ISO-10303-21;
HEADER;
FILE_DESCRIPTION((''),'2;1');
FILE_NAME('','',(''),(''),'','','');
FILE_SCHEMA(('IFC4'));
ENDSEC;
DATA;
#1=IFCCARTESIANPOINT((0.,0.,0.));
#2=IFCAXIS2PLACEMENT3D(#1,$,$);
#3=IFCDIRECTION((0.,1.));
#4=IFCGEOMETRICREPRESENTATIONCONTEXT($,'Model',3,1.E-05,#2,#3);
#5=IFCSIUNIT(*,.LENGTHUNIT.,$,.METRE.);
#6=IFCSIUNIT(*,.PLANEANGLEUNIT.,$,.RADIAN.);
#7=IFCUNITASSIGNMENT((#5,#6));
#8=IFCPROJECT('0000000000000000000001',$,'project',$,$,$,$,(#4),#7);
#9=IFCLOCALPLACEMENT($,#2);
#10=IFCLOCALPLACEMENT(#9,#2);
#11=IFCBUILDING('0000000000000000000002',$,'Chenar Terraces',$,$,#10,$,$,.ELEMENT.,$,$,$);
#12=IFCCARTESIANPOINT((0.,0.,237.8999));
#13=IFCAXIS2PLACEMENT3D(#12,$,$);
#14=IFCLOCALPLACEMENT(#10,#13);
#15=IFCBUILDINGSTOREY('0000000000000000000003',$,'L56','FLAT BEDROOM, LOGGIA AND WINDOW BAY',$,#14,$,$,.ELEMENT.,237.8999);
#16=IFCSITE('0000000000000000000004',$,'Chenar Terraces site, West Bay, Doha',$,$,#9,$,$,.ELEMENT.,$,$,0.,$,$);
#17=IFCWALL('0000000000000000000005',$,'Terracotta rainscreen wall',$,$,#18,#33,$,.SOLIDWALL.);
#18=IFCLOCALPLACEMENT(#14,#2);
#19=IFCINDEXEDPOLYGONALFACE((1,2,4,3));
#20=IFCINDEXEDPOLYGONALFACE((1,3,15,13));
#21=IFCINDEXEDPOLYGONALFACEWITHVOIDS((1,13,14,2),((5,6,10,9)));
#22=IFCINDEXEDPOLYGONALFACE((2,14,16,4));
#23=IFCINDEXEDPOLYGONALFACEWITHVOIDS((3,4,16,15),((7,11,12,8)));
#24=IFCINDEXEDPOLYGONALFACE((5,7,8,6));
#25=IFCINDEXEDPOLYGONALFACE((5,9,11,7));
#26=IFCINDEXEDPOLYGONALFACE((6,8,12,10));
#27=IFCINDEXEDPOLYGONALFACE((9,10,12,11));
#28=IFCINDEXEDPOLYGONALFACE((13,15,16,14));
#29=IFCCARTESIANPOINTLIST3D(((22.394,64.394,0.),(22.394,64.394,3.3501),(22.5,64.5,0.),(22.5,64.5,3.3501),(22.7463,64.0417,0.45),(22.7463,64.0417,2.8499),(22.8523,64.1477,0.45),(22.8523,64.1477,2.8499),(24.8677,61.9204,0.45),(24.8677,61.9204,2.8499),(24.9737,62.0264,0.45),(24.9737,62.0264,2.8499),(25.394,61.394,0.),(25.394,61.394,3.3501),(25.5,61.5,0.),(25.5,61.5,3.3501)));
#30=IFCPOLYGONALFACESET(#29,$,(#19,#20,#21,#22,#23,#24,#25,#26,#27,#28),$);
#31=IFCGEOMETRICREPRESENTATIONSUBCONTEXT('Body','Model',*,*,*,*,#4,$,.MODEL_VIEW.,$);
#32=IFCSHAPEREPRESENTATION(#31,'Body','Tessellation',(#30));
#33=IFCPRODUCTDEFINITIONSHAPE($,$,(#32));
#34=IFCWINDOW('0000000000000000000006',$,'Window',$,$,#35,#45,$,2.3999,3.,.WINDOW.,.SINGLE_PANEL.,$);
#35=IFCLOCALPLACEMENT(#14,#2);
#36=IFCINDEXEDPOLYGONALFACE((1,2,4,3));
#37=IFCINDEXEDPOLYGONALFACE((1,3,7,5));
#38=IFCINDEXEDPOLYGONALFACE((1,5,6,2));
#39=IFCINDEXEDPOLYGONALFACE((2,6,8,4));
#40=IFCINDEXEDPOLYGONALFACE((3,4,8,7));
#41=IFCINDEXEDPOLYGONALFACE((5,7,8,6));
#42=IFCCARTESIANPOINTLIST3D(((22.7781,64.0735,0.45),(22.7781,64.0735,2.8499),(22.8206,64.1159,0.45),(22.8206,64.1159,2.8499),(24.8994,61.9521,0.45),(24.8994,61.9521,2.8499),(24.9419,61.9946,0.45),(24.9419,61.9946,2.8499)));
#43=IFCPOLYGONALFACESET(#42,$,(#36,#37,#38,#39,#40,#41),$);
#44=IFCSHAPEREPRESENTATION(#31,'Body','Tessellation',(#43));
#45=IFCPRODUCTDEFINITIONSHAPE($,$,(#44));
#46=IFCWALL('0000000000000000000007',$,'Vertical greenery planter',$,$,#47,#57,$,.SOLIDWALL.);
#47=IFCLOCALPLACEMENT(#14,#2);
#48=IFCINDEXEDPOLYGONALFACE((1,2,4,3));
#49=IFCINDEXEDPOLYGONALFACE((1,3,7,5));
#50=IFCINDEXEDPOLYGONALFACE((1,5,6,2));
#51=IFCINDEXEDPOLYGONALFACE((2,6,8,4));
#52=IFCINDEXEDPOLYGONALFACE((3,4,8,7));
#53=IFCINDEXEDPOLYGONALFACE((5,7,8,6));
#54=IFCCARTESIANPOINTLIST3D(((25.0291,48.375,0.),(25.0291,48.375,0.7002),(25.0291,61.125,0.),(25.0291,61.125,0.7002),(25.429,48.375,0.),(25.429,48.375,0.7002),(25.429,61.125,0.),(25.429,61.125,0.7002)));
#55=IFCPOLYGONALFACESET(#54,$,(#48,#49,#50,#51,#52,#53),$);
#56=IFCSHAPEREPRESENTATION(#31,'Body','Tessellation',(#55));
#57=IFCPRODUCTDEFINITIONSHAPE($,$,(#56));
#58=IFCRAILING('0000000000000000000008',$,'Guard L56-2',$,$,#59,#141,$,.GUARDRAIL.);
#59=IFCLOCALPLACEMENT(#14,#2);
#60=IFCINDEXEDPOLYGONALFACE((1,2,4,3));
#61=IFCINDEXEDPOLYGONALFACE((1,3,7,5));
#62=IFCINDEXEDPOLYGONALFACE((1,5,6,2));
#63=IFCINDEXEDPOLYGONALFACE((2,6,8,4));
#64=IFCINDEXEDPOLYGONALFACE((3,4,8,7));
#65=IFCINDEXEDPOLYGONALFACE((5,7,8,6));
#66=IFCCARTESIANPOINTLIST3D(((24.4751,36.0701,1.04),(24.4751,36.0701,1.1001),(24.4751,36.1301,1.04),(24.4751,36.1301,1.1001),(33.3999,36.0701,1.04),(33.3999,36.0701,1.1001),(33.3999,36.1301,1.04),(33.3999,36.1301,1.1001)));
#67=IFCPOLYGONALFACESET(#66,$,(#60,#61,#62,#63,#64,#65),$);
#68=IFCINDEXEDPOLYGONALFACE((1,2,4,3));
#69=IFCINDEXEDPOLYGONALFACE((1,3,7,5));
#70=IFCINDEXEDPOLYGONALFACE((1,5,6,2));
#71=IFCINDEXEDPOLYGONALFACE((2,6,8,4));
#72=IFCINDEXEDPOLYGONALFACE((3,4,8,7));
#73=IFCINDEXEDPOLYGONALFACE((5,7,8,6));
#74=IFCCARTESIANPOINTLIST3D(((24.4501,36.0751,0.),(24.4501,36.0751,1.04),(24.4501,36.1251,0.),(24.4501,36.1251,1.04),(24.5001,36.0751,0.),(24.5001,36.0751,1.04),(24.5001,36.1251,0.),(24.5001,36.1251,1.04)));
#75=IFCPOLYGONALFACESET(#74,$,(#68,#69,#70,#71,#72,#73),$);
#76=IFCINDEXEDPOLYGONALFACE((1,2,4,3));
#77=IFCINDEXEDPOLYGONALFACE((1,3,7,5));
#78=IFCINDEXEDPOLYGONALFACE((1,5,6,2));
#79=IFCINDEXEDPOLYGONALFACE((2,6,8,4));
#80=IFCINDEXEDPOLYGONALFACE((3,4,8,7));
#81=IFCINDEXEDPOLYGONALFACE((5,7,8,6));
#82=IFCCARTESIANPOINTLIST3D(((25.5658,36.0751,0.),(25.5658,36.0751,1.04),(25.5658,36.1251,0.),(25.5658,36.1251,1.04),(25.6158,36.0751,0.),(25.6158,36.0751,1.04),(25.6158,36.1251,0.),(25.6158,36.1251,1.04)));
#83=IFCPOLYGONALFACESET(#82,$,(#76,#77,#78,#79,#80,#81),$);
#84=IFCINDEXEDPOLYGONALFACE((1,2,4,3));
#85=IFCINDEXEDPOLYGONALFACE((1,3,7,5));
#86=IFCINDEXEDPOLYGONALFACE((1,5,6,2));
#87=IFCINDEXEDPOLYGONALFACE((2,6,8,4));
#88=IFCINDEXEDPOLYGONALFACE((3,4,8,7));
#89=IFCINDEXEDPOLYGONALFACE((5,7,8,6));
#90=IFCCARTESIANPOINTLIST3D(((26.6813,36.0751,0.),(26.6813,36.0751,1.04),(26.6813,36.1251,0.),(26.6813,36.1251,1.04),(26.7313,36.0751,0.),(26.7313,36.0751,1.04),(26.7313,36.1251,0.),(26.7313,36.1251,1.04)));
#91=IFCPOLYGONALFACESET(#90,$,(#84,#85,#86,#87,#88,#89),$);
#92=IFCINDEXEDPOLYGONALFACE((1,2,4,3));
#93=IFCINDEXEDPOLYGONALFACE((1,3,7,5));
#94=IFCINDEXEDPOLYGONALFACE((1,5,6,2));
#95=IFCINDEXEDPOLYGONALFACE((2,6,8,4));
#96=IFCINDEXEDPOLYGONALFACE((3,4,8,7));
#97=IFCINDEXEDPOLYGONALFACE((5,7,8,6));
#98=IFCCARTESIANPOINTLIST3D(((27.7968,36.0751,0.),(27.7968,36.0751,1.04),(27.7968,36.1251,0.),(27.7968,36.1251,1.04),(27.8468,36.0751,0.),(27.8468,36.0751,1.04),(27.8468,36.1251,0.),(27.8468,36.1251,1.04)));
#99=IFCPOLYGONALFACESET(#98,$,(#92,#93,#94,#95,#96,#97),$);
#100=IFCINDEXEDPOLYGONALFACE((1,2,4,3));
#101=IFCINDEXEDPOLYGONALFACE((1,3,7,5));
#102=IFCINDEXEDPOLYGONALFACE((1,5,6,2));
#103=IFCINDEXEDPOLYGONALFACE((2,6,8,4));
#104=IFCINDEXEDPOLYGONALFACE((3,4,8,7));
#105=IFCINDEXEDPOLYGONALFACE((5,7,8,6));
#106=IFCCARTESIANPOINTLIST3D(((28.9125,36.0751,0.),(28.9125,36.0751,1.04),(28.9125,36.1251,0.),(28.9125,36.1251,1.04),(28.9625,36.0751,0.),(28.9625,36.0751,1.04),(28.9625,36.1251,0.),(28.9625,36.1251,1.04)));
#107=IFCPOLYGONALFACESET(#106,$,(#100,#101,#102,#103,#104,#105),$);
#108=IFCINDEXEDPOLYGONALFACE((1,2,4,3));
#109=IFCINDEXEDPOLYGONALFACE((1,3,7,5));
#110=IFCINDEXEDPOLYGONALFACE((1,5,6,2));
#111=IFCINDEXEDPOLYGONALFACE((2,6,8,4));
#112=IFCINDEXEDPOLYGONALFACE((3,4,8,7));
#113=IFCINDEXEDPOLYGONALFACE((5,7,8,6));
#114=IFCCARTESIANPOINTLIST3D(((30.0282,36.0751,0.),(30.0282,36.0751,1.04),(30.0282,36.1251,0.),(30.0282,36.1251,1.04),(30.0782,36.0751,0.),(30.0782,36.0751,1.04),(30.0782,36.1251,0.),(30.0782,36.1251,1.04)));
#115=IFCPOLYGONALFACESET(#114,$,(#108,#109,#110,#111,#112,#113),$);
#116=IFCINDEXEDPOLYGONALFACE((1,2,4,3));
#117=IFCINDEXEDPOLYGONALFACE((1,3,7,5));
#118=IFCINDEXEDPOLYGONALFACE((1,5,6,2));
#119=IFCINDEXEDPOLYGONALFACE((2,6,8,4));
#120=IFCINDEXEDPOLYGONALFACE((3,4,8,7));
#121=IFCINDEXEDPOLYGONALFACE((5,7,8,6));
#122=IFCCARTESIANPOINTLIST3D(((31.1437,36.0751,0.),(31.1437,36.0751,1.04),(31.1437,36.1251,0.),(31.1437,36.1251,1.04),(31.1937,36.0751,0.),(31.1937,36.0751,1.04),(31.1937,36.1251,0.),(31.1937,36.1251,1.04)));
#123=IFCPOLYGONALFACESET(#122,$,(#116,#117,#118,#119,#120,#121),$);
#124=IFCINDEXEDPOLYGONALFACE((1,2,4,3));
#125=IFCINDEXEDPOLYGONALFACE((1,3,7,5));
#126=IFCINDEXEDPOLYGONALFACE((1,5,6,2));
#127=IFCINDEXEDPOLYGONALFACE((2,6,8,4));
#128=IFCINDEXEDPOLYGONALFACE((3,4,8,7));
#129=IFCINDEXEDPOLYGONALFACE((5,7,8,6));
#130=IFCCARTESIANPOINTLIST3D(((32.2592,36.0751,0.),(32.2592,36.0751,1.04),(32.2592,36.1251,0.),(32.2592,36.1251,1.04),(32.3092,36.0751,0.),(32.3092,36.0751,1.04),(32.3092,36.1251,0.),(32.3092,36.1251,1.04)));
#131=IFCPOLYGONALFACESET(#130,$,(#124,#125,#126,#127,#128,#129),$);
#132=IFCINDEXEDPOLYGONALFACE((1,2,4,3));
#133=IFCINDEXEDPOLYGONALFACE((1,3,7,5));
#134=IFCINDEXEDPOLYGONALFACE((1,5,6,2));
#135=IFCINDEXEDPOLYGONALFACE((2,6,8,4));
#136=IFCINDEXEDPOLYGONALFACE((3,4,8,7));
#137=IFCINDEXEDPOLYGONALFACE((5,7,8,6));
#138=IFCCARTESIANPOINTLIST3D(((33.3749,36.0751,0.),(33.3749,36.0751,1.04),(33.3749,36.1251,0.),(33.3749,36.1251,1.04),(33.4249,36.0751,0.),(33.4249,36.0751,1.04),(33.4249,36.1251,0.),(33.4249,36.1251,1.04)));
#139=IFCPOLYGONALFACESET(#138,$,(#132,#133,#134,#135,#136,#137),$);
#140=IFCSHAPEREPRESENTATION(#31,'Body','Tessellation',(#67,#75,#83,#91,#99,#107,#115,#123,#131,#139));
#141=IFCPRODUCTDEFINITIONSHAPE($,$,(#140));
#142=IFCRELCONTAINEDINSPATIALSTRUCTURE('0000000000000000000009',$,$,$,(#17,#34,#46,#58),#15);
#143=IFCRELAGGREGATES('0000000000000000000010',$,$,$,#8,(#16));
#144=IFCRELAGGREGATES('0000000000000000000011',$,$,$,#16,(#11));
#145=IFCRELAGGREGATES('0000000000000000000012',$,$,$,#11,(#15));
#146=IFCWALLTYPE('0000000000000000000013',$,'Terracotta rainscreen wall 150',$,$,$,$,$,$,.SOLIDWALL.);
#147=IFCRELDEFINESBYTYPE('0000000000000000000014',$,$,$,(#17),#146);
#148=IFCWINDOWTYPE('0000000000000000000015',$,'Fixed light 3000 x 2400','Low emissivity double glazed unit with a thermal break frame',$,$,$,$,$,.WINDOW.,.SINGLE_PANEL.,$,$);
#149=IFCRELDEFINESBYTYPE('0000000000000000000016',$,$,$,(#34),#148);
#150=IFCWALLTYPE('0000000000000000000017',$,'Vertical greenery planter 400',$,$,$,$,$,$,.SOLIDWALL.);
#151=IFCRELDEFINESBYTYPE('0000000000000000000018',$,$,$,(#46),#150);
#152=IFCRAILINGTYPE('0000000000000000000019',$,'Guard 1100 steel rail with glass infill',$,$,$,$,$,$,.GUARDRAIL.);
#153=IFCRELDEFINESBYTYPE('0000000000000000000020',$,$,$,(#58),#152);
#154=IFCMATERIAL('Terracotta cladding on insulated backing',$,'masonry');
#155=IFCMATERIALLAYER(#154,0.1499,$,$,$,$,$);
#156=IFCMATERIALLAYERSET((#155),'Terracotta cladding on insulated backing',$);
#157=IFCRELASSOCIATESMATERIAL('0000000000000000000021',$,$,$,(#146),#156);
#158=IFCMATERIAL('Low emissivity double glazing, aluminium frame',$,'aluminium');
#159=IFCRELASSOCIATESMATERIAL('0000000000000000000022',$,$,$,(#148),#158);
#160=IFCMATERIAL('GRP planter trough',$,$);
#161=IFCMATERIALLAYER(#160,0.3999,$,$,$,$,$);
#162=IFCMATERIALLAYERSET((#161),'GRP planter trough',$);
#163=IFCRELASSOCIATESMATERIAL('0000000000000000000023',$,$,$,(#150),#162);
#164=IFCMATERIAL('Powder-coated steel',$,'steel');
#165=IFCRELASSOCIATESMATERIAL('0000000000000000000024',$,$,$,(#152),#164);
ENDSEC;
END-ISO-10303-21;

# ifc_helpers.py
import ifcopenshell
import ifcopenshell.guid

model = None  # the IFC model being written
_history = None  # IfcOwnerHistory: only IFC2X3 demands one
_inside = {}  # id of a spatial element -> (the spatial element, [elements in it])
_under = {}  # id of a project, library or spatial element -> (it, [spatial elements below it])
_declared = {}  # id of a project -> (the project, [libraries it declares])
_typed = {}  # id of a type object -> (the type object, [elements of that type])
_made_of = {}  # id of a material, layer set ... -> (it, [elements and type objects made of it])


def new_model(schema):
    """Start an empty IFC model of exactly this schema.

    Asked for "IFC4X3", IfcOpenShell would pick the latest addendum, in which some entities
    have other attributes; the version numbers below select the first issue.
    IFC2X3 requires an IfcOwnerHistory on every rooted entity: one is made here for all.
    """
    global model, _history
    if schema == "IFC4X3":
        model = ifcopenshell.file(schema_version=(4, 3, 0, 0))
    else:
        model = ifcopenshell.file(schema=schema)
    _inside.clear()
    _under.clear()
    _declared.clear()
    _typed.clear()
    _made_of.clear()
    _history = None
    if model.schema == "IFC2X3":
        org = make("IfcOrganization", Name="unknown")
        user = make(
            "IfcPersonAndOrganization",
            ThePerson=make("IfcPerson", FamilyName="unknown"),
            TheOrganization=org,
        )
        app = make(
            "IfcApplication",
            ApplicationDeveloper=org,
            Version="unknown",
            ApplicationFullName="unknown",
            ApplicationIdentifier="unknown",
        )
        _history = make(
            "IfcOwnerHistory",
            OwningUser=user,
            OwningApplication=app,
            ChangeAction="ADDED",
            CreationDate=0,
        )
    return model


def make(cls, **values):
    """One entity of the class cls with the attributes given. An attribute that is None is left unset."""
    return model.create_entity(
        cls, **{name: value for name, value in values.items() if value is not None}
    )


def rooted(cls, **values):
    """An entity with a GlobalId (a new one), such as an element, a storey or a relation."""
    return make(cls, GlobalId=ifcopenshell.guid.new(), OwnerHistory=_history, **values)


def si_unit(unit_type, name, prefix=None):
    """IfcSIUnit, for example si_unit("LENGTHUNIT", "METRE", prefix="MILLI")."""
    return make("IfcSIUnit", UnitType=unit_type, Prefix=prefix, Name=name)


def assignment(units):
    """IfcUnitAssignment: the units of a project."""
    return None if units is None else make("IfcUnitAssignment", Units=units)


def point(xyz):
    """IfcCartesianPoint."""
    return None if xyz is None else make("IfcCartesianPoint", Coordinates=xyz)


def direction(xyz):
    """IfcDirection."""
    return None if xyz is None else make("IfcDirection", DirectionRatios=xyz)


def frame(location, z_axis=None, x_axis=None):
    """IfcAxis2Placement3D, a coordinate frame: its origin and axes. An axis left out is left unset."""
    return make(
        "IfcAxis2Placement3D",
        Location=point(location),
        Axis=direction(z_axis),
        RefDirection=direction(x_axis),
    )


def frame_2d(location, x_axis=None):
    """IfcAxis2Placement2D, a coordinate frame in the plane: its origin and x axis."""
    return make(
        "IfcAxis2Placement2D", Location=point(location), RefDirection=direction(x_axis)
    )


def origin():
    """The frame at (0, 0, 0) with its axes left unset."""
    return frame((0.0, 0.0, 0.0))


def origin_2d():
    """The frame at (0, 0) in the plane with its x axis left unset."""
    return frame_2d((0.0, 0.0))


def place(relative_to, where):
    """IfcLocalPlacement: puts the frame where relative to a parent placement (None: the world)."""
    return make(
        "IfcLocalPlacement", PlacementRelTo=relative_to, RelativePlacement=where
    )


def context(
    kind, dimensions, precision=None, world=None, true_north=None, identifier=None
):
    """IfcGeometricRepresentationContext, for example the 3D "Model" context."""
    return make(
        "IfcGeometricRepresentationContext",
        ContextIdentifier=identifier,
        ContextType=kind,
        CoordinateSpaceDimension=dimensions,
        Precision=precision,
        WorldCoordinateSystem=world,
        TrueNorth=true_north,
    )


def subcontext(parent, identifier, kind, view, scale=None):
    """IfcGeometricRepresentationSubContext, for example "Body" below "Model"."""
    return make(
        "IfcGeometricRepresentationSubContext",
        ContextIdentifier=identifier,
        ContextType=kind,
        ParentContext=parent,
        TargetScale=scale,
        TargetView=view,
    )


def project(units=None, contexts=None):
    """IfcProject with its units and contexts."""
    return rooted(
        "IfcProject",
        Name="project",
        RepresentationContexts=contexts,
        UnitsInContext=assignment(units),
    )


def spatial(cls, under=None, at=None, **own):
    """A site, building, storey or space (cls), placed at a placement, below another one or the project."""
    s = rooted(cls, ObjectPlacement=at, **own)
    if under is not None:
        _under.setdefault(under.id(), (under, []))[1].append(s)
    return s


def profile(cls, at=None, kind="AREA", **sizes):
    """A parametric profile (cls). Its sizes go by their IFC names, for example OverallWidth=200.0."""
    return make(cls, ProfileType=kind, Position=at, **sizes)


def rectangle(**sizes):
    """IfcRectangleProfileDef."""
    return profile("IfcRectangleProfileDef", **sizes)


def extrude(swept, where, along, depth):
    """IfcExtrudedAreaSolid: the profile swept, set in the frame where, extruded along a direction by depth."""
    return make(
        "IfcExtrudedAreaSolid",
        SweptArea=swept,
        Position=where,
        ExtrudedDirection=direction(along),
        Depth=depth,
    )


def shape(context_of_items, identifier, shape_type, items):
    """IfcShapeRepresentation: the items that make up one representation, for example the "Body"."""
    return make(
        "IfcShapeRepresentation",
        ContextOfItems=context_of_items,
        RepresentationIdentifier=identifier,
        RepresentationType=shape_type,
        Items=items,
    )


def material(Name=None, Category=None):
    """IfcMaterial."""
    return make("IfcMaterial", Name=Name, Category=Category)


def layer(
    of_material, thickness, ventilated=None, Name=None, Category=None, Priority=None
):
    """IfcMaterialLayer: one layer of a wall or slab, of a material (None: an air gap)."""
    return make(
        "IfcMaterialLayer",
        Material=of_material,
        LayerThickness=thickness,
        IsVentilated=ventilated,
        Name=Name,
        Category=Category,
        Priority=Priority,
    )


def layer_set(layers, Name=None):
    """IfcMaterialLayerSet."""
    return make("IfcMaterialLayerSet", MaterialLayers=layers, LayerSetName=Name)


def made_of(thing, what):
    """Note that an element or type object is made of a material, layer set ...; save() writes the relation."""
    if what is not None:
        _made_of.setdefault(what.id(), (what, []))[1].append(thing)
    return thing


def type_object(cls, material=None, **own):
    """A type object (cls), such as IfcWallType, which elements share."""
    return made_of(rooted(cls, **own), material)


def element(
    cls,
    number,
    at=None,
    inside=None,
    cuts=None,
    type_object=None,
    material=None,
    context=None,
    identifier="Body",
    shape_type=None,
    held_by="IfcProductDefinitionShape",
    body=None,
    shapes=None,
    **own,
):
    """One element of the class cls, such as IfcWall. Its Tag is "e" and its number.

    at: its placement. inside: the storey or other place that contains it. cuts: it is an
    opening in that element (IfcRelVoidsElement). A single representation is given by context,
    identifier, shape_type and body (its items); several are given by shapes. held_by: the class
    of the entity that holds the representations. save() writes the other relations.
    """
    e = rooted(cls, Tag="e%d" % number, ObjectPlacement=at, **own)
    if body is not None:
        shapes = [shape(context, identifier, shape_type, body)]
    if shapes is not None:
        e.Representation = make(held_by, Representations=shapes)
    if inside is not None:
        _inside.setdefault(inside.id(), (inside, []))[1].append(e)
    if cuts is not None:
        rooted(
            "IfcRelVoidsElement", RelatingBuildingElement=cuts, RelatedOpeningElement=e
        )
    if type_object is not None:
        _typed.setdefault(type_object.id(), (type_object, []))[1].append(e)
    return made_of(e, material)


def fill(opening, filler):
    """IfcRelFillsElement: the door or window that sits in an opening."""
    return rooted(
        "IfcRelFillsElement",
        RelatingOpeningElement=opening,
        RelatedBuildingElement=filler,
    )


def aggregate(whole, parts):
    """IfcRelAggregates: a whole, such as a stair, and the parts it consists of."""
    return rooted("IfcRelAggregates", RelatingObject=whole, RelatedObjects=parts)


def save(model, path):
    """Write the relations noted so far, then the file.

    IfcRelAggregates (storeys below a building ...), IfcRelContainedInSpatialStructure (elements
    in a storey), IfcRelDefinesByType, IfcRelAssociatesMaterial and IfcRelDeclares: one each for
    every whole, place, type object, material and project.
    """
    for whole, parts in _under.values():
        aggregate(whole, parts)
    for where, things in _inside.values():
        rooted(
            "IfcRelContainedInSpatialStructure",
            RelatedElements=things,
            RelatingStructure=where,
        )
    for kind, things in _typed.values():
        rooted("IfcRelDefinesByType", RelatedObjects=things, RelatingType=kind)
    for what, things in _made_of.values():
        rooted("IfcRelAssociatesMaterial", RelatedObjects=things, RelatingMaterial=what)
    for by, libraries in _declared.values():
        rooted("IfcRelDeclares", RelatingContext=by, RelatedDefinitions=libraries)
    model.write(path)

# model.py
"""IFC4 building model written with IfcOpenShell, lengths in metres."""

from ifc_helpers import new_model, si_unit, direction, frame, frame_2d, origin, origin_2d, place, context, subcontext, project, spatial, rectangle, extrude, material, layer, layer_set, type_object, element, fill, save


model = new_model("IFC4")

# Units and contexts
model_context = context("Model", 3, precision=1e-05, world=origin(), true_north=direction((0.0, 1.0)))
body_context = subcontext(model_context, "Body", "Model", "MODEL_VIEW")
ifc_project = project(units=[si_unit("LENGTHUNIT", "METRE"), si_unit("PLANEANGLEUNIT", "RADIAN")], contexts=[model_context])

# Site, building, storey
site_placement = place(None, origin())
site = spatial("IfcSite", under=ifc_project, at=site_placement, Name="Chenar Terraces site, West Bay, Doha", CompositionType="ELEMENT", RefElevation=0.0)
building_placement = place(site_placement, origin())
building = spatial("IfcBuilding", under=site, at=building_placement, Name="Chenar Terraces", CompositionType="ELEMENT")
storey_placement = place(building_placement, frame((0.0, 0.0, 237.8999)))
storey = spatial("IfcBuildingStorey", under=building, at=storey_placement, Name="L56", Description="FLAT BEDROOM, LOGGIA AND WINDOW BAY", CompositionType="ELEMENT", Elevation=237.8999)

# Wall, opening, window
ifc_material_1 = material(Name="Terracotta cladding on insulated backing", Category="masonry")
ifc_layer_1 = layer(ifc_material_1, 0.1499)
ifc_layer_set_1 = layer_set([ifc_layer_1], Name="Terracotta cladding on insulated backing")
wall_type_1 = type_object("IfcWallType", Name="Terracotta rainscreen wall 150", PredefinedType="SOLIDWALL", material=ifc_layer_set_1)
ifc_material_2 = material(Name="Low emissivity double glazing, aluminium frame", Category="aluminium")
window_type_1 = type_object("IfcWindowType", Name="Fixed light 3000 x 2400", Description="Low emissivity double glazed unit with a thermal break frame", PartitioningType="SINGLE_PANEL", PredefinedType="WINDOW", material=ifc_material_2)
wall_1_placement = place(storey_placement, frame((25.447, 61.447, 0.0), z_axis=(0.0, 0.0, 1.0), x_axis=(-0.707107, 0.707107, 0.0)))
wall_1 = element("IfcWall", 1, at=wall_1_placement, inside=storey, type_object=wall_type_1, Name="Terracotta rainscreen wall", PredefinedType="SOLIDWALL", context=body_context, shape_type="SweptSolid", body=[
    extrude(rectangle(XDim=4.2427, YDim=0.1499, at=frame_2d((2.1213, 0.0))), origin(), (0.0, 0.0, 1.0), 3.3501),
])
opening_1_placement = place(wall_1_placement, frame((0.7444, 0.0, 0.45)))
opening_1 = element("IfcOpeningElement", 2, at=opening_1_placement, cuts=wall_1, PredefinedType="OPENING", context=body_context, shape_type="SweptSolid", body=[
    extrude(rectangle(XDim=3.0, YDim=2.3999, at=frame_2d((1.5, 1.2))), frame((0.0, 0.085, 0.0), z_axis=(0.0, -1.0, 0.0), x_axis=(1.0, 0.0, 0.0)), (0.0, 0.0, 1.0), 0.1699),
])
window_1_placement = place(opening_1_placement, origin())
window_1 = element("IfcWindow", 3, at=window_1_placement, inside=storey, type_object=window_type_1, Name="Window", OverallHeight=2.3999, OverallWidth=3.0, PartitioningType="SINGLE_PANEL", PredefinedType="WINDOW", context=body_context, shape_type="SweptSolid", body=[
    extrude(rectangle(XDim=3.0, YDim=2.3999, at=frame_2d((1.5, 1.2))), frame((0.0, 0.03, 0.0), z_axis=(0.0, -1.0, 0.0), x_axis=(1.0, 0.0, 0.0)), (0.0, 0.0, 1.0), 0.0601),
])
fill(opening_1, window_1)

# Wall
ifc_material_3 = material(Name="GRP planter trough")
ifc_layer_2 = layer(ifc_material_3, 0.3999)
ifc_layer_set_2 = layer_set([ifc_layer_2], Name="GRP planter trough")
wall_type_2 = type_object("IfcWallType", Name="Vertical greenery planter 400", PredefinedType="SOLIDWALL", material=ifc_layer_set_2)
wall_2_placement = place(storey_placement, frame((25.229, 48.375, 0.0), z_axis=(0.0, 0.0, 1.0), x_axis=(0.0, 1.0, 0.0)))
element("IfcWall", 4, at=wall_2_placement, inside=storey, type_object=wall_type_2, Name="Vertical greenery planter", PredefinedType="SOLIDWALL", context=body_context, shape_type="SweptSolid", body=[
    extrude(rectangle(XDim=12.75, YDim=0.3999, at=frame_2d((6.375, 0.0))), origin(), (0.0, 0.0, 1.0), 0.7002),
])

# Railing
ifc_material_4 = material(Name="Powder-coated steel", Category="steel")
railing_type_1 = type_object("IfcRailingType", Name="Guard 1100 steel rail with glass infill", PredefinedType="GUARDRAIL", material=ifc_material_4)
railing_1_placement = place(storey_placement, frame((24.4751, 36.1001, 0.0)))
element("IfcRailing", 5, at=railing_1_placement, inside=storey, type_object=railing_type_1, Name="Guard L56-2", PredefinedType="GUARDRAIL", context=body_context, shape_type="SweptSolid", body=[
    extrude(rectangle(XDim=0.0601, YDim=0.0601, at=origin_2d()), frame((0.0, 0.0, 1.0701), z_axis=(1.0, 0.0, 0.0), x_axis=(0.0, 1.0, 0.0)), (0.0, 0.0, 1.0), 8.9248),
    extrude(rectangle(XDim=0.05, YDim=0.05, at=origin_2d()), origin(), (0.0, 0.0, 1.0), 1.04),
    extrude(rectangle(XDim=0.05, YDim=0.05, at=origin_2d()), frame((1.1157, 0.0, 0.0)), (0.0, 0.0, 1.0), 1.04),
    extrude(rectangle(XDim=0.05, YDim=0.05, at=origin_2d()), frame((2.2312, 0.0, 0.0)), (0.0, 0.0, 1.0), 1.04),
    extrude(rectangle(XDim=0.05, YDim=0.05, at=origin_2d()), frame((3.3467, 0.0, 0.0)), (0.0, 0.0, 1.0), 1.04),
    extrude(rectangle(XDim=0.05, YDim=0.05, at=origin_2d()), frame((4.4624, 0.0, 0.0)), (0.0, 0.0, 1.0), 1.04),
    extrude(rectangle(XDim=0.05, YDim=0.05, at=origin_2d()), frame((5.5781, 0.0, 0.0)), (0.0, 0.0, 1.0), 1.04),
    extrude(rectangle(XDim=0.05, YDim=0.05, at=origin_2d()), frame((6.6936, 0.0, 0.0)), (0.0, 0.0, 1.0), 1.04),
    extrude(rectangle(XDim=0.05, YDim=0.05, at=origin_2d()), frame((7.8091, 0.0, 0.0)), (0.0, 0.0, 1.0), 1.04),
    extrude(rectangle(XDim=0.05, YDim=0.05, at=origin_2d()), frame((8.9248, 0.0, 0.0)), (0.0, 0.0, 1.0), 1.04),
])

save(model, "model.ifc")
